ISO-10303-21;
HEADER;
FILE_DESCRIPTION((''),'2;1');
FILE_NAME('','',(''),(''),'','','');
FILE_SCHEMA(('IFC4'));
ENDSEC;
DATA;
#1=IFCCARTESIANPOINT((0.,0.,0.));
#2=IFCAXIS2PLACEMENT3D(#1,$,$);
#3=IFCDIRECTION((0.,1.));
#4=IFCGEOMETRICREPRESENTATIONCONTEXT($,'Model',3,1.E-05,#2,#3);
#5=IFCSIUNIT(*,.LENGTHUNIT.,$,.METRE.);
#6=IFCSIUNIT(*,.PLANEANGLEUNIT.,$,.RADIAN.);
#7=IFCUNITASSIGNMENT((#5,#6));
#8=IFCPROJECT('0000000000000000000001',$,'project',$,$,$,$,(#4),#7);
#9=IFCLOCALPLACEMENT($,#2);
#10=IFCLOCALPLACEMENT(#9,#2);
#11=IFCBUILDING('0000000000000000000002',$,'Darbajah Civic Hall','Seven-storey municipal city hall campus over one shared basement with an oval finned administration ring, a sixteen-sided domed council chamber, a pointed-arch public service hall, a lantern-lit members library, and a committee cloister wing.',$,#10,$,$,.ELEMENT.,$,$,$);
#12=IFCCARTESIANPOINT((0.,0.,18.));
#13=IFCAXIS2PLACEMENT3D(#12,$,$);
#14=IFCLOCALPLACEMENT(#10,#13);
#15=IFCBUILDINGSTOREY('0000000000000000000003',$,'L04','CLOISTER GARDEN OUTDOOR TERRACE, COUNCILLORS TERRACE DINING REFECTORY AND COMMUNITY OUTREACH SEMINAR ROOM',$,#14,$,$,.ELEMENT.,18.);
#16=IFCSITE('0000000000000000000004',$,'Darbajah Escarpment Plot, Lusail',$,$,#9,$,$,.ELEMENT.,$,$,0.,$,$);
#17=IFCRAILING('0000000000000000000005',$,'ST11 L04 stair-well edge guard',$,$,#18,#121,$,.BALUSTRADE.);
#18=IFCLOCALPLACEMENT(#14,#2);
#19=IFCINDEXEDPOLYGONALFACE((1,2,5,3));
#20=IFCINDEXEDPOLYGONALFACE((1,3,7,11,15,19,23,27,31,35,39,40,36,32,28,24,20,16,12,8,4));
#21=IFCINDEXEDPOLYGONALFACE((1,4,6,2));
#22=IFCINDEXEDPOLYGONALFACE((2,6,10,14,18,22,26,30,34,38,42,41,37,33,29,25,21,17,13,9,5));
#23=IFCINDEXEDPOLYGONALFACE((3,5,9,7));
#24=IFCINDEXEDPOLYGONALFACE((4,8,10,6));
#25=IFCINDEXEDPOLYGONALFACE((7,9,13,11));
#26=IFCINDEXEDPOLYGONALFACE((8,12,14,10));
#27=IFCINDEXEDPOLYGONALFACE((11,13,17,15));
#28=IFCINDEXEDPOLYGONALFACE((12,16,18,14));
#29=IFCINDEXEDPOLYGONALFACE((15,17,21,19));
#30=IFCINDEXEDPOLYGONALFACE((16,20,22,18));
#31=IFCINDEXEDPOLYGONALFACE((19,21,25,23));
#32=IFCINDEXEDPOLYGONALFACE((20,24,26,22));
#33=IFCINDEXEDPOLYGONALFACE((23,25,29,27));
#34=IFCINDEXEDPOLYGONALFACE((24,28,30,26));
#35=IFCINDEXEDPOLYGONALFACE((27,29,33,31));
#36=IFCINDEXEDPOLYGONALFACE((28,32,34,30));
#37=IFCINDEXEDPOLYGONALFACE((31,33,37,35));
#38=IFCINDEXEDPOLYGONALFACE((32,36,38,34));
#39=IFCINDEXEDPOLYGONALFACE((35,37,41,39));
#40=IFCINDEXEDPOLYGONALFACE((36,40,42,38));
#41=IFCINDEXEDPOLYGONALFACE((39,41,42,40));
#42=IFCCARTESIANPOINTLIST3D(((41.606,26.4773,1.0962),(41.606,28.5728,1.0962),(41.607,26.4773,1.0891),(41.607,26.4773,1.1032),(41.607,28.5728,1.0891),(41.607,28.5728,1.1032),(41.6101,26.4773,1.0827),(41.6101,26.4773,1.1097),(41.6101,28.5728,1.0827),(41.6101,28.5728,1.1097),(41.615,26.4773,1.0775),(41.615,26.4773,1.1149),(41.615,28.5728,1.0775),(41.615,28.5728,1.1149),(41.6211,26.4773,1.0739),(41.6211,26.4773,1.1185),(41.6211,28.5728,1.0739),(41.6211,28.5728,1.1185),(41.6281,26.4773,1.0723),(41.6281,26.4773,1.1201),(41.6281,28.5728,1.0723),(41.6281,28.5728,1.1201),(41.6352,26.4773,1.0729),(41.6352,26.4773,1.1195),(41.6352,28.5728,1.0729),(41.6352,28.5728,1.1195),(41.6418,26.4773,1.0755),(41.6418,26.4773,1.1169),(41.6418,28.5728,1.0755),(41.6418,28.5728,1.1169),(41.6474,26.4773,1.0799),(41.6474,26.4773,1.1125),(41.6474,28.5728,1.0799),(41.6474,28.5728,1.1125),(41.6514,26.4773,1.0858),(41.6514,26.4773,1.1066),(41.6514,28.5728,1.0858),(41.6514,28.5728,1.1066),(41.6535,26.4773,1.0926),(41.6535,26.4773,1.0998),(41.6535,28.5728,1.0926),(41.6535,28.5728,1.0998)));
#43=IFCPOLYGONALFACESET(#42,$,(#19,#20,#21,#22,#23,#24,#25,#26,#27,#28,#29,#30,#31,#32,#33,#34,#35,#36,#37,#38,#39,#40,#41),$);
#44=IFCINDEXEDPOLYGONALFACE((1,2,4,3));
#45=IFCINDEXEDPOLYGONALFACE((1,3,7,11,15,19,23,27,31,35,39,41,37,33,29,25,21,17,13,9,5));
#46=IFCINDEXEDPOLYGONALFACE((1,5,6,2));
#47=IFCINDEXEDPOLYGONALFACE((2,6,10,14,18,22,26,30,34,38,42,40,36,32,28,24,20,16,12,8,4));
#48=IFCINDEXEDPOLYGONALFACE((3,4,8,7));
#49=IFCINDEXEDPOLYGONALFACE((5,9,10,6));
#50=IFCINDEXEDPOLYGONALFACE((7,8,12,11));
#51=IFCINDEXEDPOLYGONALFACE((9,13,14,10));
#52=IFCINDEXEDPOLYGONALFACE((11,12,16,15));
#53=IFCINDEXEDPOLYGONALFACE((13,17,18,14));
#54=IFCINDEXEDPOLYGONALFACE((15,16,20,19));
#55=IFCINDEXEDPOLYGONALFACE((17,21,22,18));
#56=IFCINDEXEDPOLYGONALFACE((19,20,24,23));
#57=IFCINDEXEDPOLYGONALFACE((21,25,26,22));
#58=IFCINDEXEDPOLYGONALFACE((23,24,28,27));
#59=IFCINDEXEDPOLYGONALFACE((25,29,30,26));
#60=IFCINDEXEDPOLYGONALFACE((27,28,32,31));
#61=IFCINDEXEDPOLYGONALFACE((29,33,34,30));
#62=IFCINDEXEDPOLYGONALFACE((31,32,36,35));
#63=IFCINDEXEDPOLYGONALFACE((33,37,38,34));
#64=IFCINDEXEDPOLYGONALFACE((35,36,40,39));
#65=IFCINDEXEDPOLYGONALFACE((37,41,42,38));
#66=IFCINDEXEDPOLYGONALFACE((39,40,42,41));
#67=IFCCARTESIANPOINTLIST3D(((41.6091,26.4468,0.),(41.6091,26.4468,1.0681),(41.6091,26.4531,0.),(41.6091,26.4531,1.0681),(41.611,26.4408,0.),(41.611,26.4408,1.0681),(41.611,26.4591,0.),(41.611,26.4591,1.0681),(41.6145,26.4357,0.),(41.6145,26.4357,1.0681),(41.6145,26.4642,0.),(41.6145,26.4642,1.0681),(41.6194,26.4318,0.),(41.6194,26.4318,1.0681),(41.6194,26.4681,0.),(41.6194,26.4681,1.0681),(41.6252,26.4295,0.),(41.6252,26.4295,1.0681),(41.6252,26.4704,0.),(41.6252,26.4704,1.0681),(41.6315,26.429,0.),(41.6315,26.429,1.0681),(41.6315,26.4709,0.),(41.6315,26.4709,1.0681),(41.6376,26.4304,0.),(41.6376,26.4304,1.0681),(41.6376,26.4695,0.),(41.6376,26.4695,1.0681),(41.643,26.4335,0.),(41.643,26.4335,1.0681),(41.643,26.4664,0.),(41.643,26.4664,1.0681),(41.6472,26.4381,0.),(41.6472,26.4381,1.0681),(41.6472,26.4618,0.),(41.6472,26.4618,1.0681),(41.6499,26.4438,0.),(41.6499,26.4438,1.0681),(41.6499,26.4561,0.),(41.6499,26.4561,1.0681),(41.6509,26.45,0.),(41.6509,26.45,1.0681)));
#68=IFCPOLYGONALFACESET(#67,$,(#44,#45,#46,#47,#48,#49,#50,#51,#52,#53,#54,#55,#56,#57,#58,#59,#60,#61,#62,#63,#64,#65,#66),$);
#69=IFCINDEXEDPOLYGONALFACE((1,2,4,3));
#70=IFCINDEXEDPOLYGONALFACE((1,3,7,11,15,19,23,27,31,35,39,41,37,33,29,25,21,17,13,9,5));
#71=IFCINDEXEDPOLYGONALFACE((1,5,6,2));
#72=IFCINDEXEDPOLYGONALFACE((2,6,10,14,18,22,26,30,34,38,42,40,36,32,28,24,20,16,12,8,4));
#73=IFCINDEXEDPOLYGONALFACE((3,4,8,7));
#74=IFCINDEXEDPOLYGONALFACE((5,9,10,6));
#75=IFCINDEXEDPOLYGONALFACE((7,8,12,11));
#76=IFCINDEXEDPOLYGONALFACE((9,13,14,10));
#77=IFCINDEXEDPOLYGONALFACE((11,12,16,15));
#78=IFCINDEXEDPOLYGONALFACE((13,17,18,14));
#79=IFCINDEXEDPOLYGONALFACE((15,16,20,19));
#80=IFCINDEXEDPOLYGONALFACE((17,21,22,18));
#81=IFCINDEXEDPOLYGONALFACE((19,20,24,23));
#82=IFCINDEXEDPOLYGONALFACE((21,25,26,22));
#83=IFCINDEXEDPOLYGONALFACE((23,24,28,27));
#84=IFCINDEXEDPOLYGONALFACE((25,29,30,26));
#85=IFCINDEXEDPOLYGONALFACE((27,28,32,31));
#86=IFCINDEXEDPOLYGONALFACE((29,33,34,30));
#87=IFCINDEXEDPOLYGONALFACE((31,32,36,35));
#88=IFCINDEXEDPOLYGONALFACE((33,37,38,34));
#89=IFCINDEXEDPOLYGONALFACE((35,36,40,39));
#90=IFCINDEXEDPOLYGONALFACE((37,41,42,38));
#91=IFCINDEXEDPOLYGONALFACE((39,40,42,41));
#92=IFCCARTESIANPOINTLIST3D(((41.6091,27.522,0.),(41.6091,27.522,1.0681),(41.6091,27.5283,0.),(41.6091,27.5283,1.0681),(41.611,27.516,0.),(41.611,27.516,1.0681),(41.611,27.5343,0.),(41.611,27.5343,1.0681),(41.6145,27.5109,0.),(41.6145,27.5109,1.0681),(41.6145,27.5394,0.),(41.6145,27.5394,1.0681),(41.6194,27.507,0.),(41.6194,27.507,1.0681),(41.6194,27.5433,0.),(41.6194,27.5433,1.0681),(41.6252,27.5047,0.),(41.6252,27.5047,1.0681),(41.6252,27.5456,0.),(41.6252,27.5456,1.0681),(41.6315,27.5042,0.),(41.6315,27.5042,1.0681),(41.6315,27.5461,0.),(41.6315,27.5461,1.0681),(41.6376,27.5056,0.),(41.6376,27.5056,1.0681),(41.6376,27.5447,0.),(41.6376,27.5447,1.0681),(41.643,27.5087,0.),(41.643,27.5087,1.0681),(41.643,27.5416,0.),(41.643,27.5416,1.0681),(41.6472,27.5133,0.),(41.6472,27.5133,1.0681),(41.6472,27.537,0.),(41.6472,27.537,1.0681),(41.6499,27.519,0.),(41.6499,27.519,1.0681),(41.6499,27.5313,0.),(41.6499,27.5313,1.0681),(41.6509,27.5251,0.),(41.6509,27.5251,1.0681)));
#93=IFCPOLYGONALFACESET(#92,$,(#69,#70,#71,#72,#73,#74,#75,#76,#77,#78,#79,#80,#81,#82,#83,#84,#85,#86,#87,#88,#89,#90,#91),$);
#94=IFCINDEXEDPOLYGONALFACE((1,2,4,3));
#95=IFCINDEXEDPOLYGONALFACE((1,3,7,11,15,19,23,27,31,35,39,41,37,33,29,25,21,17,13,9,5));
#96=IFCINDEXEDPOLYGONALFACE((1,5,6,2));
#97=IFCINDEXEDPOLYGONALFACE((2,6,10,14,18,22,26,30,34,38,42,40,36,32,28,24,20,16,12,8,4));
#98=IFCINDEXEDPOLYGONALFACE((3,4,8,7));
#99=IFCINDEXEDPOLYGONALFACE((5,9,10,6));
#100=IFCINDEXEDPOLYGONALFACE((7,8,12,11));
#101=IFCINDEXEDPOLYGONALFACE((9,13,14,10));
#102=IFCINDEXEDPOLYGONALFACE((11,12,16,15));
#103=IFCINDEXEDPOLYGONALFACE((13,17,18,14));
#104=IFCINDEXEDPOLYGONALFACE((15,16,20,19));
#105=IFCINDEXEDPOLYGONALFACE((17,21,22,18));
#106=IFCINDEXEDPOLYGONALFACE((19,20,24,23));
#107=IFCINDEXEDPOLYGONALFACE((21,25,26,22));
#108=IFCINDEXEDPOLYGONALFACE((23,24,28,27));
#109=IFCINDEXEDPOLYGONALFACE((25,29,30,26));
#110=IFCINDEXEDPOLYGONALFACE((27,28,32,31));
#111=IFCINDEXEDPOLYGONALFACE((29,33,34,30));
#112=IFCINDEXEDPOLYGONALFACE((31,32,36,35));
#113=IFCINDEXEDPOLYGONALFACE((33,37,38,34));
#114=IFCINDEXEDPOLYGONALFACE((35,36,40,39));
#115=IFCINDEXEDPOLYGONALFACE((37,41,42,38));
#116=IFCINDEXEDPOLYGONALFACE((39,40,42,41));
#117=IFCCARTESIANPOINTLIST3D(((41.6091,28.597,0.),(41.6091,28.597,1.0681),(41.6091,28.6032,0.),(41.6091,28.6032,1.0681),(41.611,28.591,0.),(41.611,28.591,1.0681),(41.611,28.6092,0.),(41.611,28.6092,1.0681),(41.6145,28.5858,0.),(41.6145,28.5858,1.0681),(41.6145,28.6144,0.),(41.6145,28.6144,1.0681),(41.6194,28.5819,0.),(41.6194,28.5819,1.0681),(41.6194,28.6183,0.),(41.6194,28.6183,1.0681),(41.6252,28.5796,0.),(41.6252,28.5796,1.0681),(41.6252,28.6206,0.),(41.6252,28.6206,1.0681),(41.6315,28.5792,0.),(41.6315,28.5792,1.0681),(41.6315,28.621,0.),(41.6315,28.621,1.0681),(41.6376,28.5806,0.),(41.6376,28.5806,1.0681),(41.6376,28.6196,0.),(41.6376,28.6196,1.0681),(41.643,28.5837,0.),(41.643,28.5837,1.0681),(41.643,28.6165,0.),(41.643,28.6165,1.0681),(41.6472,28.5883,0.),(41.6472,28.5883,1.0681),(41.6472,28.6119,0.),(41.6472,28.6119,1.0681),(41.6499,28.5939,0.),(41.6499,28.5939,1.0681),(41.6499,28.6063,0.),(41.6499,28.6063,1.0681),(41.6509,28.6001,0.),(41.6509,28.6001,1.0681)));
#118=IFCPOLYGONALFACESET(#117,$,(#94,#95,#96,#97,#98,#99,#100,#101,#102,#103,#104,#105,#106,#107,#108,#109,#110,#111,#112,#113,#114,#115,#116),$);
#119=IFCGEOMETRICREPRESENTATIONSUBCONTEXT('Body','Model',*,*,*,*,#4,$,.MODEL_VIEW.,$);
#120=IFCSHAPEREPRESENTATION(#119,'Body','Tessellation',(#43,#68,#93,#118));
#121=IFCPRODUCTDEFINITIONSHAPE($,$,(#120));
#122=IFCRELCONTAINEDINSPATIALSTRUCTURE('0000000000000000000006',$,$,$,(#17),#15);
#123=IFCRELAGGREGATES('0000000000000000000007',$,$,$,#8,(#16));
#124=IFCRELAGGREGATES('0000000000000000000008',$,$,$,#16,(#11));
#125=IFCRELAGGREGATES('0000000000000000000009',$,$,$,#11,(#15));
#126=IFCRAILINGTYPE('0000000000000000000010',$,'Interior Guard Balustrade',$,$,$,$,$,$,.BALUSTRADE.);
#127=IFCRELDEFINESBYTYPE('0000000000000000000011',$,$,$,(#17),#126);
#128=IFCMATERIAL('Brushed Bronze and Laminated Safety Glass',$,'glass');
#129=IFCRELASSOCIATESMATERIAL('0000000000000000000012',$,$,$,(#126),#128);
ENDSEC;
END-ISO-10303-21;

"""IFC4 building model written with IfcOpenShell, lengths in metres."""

from ifc_helpers import new_model, si_unit, direction, frame, origin, origin_2d, place, context, subcontext, project, spatial, circle, extrude, material, type_object, element, save


model = new_model("IFC4")

# Units and contexts
model_context = context("Model", 3, precision=1e-05, world=origin(), true_north=direction((0.0, 1.0)))
body_context = subcontext(model_context, "Body", "Model", "MODEL_VIEW")
ifc_project = project(units=[si_unit("LENGTHUNIT", "METRE"), si_unit("PLANEANGLEUNIT", "RADIAN")], contexts=[model_context])

# Site, building, storey
site_placement = place(None, origin())
site = spatial("IfcSite", under=ifc_project, at=site_placement, Name="Darbajah Escarpment Plot, Lusail", CompositionType="ELEMENT", RefElevation=0.0)
building_placement = place(site_placement, origin())
building = spatial("IfcBuilding", under=site, at=building_placement, Name="Darbajah Civic Hall", Description="Seven-storey municipal city hall campus over one shared basement with an oval finned administration ring, a sixteen-sided domed council chamber, a pointed-arch public service hall, a lantern-lit members library, and a committee cloister wing.", CompositionType="ELEMENT")
storey_placement = place(building_placement, frame((0.0, 0.0, 18.0)))
storey = spatial("IfcBuildingStorey", under=building, at=storey_placement, Name="L04", Description="CLOISTER GARDEN OUTDOOR TERRACE, COUNCILLORS TERRACE DINING REFECTORY AND COMMUNITY OUTREACH SEMINAR ROOM", CompositionType="ELEMENT", Elevation=18.0)

# Railing
ifc_material_1 = material(Name="Brushed Bronze and Laminated Safety Glass", Category="glass")
railing_type = type_object("IfcRailingType", Name="Interior Guard Balustrade", PredefinedType="BALUSTRADE", material=ifc_material_1)
railing_1_placement = place(storey_placement, frame((41.6299, 26.45, 0.0)))
element("IfcRailing", 1, at=railing_1_placement, inside=storey, type_object=railing_type, Name="ST11 L04 stair-well edge guard", PredefinedType="BALUSTRADE", context=body_context, shape_type="SweptSolid", body=[
    extrude(circle(Radius=0.0239, at=origin_2d()), frame((0.0, 0.0273, 1.0962), z_axis=(0.0, 1.0, 0.0), x_axis=(-1.0, 0.0, 0.0)), (0.0, 0.0, 1.0), 2.0955),
    extrude(circle(Radius=0.021, at=origin_2d()), origin(), (0.0, 0.0, 1.0), 1.0681),
    extrude(circle(Radius=0.021, at=origin_2d()), frame((0.0, 1.0752, 0.0)), (0.0, 0.0, 1.0), 1.0681),
    extrude(circle(Radius=0.021, at=origin_2d()), frame((0.0, 2.1501, 0.0)), (0.0, 0.0, 1.0), 1.0681),
])

save(model, "model.ifc")
